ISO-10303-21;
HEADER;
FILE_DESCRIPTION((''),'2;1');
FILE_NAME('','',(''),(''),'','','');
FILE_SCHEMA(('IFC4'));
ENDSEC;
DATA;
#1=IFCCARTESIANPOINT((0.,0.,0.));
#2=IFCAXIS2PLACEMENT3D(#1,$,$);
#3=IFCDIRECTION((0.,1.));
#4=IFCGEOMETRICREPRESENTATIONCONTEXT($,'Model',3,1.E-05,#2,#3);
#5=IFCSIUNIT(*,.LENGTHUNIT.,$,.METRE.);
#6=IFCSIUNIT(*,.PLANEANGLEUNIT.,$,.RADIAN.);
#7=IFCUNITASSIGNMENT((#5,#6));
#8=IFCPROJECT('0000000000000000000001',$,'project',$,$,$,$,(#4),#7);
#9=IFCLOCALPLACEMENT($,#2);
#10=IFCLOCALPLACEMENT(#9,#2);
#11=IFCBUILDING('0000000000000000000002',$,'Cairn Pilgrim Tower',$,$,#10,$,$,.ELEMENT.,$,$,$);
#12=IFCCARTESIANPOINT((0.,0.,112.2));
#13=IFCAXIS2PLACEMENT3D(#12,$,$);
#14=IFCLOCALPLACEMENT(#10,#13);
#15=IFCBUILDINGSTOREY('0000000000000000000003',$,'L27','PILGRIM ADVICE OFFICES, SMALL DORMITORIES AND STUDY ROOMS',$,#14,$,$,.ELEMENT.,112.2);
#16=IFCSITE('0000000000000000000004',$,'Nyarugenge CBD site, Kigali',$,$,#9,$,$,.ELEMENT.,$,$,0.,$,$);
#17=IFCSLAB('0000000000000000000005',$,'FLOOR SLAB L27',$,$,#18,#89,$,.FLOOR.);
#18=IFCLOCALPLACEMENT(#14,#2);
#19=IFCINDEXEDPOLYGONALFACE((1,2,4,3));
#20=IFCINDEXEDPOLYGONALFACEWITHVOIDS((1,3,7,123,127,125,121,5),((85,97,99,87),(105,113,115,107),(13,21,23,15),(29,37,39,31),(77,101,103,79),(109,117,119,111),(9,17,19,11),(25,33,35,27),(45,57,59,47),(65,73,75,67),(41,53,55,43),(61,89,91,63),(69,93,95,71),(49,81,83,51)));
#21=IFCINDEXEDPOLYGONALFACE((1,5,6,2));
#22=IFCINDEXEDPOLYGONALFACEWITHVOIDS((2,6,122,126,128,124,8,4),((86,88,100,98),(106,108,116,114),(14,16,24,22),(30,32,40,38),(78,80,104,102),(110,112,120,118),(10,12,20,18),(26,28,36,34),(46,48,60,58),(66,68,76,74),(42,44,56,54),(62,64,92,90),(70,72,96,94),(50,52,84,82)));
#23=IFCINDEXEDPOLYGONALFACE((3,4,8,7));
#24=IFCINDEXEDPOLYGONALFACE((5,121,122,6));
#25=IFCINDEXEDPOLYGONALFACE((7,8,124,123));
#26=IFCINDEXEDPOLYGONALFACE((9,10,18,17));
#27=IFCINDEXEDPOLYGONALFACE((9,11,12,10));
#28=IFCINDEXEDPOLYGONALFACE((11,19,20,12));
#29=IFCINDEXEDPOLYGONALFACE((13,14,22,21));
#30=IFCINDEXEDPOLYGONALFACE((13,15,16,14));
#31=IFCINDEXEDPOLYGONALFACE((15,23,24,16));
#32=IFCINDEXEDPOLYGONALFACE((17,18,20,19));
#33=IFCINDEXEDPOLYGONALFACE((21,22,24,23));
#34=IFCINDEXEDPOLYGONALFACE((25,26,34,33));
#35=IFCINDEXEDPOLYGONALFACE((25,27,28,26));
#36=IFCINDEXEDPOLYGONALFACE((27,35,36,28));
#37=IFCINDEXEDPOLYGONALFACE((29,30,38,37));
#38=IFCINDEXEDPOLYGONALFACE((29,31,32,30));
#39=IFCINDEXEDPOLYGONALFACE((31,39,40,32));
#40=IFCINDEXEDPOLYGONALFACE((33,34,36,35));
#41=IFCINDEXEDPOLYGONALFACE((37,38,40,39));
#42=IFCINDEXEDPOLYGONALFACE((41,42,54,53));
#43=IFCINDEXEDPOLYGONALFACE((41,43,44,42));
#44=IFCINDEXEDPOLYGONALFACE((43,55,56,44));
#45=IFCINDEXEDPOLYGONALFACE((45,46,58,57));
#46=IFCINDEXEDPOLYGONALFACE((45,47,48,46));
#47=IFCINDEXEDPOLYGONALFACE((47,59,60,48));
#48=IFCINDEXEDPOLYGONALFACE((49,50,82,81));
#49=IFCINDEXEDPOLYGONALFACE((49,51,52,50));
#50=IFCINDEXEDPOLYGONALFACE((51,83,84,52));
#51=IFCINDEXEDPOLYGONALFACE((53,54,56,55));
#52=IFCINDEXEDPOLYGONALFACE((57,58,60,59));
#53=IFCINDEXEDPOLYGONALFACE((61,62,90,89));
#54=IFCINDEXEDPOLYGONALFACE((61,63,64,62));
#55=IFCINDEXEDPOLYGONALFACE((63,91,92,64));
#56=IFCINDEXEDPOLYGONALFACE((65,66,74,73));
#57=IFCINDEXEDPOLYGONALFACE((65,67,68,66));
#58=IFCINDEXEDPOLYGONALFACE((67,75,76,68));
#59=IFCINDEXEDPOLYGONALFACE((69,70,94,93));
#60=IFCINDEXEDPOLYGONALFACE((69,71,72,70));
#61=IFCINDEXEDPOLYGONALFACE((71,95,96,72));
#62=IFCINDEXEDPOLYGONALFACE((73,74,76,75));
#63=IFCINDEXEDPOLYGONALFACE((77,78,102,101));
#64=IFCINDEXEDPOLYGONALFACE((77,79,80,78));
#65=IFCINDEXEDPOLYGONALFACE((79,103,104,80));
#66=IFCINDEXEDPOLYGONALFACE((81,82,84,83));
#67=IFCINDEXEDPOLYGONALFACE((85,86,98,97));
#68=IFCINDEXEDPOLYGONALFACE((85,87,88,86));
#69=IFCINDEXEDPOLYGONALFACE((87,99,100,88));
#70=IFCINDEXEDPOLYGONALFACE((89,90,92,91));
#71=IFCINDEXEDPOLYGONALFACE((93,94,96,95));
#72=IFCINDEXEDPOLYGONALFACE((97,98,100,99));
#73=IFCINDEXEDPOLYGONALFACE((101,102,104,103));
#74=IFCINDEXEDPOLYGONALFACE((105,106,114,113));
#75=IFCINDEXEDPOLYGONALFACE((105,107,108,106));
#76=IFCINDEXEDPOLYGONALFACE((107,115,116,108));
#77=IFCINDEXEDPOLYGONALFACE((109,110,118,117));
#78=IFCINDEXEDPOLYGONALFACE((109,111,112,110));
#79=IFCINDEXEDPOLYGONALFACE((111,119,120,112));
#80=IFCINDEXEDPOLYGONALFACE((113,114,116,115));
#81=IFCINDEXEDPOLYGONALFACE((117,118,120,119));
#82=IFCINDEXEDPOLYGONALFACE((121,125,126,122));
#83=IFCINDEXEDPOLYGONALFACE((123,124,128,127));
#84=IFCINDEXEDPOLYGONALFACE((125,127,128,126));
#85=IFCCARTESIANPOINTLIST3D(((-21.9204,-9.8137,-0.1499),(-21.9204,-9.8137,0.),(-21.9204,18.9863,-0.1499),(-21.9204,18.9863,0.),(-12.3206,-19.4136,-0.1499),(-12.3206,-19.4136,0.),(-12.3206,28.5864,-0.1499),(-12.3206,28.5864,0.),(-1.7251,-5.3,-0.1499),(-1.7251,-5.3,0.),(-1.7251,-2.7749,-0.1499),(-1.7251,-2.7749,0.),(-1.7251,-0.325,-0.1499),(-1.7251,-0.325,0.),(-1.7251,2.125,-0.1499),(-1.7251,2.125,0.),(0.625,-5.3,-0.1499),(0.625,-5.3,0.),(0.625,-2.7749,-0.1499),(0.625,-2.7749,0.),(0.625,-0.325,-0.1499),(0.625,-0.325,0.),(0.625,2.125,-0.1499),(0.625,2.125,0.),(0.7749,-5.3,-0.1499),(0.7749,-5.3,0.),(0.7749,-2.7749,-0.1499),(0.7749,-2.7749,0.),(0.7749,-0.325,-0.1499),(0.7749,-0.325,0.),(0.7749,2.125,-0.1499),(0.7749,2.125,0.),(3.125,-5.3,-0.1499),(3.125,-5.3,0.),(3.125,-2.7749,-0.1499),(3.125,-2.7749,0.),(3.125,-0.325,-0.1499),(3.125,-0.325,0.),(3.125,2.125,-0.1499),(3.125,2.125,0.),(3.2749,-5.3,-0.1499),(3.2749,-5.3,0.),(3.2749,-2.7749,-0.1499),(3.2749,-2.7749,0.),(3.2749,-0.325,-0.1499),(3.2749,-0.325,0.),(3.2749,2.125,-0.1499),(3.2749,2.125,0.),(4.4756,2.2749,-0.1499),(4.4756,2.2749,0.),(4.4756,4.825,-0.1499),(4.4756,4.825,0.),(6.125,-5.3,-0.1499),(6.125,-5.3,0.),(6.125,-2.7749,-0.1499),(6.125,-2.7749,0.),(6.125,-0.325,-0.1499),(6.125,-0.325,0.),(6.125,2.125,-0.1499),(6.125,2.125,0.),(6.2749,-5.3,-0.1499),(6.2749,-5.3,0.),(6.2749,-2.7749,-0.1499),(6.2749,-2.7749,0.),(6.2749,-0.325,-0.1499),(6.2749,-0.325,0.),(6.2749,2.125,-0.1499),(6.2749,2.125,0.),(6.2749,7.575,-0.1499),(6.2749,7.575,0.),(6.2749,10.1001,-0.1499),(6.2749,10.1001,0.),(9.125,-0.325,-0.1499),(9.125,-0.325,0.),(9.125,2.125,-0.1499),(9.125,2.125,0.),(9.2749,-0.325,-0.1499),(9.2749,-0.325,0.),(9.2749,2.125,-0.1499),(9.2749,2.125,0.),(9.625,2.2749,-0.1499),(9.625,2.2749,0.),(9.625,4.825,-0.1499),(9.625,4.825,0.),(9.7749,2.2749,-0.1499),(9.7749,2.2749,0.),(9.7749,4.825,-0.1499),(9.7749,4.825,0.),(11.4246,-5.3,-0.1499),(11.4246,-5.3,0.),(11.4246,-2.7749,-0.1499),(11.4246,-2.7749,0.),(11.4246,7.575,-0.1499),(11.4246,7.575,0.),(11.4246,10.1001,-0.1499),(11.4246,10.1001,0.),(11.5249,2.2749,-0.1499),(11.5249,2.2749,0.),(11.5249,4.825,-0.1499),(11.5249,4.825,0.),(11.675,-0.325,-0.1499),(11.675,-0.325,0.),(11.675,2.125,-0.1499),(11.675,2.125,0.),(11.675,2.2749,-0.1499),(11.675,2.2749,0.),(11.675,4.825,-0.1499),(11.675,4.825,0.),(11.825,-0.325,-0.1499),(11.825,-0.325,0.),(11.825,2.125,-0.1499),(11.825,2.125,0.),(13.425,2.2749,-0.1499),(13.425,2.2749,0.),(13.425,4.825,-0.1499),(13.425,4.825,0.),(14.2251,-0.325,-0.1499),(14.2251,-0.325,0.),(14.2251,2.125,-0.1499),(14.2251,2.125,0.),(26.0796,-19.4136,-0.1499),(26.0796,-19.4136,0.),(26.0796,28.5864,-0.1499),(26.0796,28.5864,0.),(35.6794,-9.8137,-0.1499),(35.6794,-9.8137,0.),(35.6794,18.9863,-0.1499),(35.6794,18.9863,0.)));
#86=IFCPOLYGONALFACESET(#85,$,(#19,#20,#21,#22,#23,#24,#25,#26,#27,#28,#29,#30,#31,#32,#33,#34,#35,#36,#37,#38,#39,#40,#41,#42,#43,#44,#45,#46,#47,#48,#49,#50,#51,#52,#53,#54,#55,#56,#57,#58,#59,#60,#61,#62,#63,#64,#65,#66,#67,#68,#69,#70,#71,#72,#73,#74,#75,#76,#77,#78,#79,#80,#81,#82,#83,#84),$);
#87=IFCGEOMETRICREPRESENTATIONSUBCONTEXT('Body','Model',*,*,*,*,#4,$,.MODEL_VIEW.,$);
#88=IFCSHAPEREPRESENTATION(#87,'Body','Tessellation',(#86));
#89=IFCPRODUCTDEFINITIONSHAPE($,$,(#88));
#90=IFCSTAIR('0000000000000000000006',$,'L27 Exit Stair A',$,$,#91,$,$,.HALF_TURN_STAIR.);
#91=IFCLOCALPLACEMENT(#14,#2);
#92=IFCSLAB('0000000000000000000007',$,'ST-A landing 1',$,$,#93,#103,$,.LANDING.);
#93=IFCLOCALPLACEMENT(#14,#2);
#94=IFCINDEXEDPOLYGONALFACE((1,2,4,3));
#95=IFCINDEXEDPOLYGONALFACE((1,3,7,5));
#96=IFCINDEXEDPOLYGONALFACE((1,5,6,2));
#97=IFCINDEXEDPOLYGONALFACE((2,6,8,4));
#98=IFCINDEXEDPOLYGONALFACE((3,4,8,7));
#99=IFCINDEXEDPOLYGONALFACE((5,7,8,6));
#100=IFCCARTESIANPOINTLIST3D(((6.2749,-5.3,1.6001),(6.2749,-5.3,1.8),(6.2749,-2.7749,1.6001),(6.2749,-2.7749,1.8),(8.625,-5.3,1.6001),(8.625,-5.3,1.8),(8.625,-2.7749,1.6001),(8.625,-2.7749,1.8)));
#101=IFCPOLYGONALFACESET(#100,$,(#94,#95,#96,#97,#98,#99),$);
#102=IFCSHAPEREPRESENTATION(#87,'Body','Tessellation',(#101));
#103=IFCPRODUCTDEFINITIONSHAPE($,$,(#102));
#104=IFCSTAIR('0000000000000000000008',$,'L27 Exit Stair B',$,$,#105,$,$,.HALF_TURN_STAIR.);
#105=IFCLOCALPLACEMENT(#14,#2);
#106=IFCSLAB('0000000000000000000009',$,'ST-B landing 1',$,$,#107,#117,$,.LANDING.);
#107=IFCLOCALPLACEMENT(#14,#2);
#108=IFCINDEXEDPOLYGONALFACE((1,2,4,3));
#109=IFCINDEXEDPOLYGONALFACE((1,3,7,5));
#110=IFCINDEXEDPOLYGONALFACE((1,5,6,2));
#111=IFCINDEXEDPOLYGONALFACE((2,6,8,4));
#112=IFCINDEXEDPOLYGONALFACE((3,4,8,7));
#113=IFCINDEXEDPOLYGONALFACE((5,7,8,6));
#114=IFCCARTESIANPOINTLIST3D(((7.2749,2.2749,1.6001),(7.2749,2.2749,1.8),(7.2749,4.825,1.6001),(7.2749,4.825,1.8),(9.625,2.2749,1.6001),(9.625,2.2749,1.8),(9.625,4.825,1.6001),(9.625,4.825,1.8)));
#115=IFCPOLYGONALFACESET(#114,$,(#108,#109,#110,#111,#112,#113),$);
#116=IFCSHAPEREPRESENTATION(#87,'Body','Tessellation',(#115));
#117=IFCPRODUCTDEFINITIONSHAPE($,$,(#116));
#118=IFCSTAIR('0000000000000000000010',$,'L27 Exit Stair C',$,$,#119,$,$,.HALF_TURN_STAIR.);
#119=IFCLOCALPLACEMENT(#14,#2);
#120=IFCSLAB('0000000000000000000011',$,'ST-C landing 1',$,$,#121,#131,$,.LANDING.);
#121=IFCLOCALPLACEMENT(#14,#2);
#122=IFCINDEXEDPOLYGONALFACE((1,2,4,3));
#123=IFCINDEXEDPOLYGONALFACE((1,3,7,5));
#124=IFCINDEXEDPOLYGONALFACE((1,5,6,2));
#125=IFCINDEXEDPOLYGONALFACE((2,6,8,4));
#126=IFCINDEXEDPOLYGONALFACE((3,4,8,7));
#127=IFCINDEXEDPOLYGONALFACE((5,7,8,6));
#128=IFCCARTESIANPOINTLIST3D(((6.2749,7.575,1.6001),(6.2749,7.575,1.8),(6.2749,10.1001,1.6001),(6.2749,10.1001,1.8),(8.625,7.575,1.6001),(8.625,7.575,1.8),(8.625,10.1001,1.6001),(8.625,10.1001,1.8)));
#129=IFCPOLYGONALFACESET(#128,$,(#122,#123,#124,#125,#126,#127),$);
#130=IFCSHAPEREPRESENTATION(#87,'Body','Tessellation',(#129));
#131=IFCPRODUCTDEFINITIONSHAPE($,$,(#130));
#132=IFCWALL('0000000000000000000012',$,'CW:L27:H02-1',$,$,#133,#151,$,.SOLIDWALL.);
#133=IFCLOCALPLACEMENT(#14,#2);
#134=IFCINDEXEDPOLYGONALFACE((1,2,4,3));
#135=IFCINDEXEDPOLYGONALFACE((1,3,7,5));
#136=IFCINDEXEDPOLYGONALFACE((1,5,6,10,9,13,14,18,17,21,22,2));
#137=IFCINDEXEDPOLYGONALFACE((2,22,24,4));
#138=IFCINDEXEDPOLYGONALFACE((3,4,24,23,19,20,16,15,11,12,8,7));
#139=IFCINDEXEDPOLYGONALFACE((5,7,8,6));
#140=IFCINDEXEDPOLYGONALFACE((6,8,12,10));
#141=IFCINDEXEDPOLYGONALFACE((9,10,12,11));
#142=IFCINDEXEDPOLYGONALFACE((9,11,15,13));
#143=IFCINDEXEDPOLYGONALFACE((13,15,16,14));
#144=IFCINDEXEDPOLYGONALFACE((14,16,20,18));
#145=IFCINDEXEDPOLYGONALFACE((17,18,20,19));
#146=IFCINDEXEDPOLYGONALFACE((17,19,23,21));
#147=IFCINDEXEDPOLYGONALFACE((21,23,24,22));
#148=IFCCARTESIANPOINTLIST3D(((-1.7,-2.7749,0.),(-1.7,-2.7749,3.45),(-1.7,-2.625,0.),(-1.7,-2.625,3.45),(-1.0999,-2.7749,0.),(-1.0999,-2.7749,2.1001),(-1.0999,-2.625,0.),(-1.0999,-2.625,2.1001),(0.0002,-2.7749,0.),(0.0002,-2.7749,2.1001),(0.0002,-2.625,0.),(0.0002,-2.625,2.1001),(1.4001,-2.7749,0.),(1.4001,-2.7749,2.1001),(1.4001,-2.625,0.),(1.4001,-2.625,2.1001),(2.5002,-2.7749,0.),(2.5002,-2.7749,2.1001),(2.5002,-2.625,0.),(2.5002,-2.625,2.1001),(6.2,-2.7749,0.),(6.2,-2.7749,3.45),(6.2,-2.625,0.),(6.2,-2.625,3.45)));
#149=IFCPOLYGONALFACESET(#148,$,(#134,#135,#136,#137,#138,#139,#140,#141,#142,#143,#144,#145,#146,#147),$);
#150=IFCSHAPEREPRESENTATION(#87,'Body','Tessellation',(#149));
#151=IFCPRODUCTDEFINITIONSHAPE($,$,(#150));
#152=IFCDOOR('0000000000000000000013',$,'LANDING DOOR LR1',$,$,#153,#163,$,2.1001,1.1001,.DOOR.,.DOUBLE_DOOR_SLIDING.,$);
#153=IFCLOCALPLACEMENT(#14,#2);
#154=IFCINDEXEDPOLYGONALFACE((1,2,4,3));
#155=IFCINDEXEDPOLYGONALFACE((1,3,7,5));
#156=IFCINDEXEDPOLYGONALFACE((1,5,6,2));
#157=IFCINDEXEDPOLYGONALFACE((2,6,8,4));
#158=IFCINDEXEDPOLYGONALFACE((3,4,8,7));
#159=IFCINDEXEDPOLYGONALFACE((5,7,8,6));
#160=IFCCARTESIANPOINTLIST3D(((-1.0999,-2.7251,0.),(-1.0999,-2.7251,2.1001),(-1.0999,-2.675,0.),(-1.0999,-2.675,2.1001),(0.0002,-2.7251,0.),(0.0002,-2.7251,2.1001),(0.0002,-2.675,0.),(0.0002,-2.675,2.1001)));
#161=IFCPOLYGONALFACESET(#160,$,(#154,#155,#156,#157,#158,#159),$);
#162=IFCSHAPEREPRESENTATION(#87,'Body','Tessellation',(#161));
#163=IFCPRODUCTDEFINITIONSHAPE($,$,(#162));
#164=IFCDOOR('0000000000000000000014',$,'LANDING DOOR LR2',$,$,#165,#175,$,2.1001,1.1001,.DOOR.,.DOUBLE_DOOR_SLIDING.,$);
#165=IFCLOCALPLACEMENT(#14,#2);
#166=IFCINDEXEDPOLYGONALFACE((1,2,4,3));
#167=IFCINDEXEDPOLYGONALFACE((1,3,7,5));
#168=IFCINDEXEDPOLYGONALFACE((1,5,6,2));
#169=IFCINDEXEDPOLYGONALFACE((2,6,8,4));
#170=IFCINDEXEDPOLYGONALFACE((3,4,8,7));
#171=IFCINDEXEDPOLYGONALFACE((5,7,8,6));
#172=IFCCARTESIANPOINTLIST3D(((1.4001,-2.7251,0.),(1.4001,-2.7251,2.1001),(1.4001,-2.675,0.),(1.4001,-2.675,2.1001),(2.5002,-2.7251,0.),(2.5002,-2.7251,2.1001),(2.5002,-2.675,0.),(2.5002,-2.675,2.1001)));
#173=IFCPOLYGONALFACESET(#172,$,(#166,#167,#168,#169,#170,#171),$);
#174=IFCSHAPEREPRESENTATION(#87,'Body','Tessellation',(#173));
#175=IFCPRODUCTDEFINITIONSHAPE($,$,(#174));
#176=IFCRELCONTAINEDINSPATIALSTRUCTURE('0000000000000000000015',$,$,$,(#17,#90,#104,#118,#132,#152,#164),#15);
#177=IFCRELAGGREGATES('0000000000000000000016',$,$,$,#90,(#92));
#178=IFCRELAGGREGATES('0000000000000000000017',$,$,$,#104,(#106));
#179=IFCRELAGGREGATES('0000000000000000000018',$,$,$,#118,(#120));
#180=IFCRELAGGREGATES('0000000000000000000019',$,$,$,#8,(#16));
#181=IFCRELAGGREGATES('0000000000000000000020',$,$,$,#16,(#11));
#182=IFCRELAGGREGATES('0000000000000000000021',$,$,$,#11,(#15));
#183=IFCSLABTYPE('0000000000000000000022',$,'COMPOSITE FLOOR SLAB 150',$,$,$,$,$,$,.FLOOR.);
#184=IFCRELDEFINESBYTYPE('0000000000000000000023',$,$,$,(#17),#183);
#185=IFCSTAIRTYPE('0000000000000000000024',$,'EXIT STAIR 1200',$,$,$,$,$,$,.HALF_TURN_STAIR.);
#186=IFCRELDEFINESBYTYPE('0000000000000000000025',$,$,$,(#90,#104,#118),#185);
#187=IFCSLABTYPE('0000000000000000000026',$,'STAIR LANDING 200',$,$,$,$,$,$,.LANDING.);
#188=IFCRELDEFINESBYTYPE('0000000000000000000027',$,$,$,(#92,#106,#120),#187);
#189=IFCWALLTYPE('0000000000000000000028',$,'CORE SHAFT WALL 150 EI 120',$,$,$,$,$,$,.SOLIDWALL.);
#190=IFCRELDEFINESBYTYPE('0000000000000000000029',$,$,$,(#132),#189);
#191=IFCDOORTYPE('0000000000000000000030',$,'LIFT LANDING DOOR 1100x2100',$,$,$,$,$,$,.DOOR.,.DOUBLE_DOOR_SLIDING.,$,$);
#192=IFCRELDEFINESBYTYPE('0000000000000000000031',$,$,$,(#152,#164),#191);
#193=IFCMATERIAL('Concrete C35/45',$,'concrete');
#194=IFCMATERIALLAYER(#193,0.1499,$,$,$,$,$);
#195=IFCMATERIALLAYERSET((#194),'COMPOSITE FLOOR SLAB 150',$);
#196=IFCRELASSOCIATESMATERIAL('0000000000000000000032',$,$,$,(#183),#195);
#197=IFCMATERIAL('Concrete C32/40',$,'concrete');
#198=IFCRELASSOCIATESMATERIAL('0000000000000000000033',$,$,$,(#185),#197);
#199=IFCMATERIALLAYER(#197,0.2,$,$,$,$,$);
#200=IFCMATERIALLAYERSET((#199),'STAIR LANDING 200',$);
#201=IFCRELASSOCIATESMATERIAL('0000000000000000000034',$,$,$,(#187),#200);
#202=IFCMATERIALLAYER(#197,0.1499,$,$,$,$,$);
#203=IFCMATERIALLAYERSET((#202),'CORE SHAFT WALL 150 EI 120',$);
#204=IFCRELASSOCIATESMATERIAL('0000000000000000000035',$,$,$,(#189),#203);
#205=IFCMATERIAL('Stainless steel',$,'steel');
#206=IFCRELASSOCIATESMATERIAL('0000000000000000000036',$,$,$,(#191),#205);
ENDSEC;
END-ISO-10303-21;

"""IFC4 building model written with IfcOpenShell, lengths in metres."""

from ifc_helpers import new_model, si_unit, direction, frame, frame_2d, origin, place, context, subcontext, project, spatial, polyline, rectangle, outline, extrude, material, layer, layer_set, type_object, element, fill, aggregate, save


model = new_model("IFC4")

# Units and contexts
model_context = context("Model", 3, precision=1e-05, world=origin(), true_north=direction((0.0, 1.0)))
body_context = subcontext(model_context, "Body", "Model", "MODEL_VIEW")
ifc_project = project(units=[si_unit("LENGTHUNIT", "METRE"), si_unit("PLANEANGLEUNIT", "RADIAN")], contexts=[model_context])

# Site, building, storey
site_placement = place(None, origin())
site = spatial("IfcSite", under=ifc_project, at=site_placement, Name="Nyarugenge CBD site, Kigali", CompositionType="ELEMENT", RefElevation=0.0)
building_placement = place(site_placement, origin())
building = spatial("IfcBuilding", under=site, at=building_placement, Name="Cairn Pilgrim Tower", CompositionType="ELEMENT")
storey_placement = place(building_placement, frame((0.0, 0.0, 112.2)))
storey = spatial("IfcBuildingStorey", under=building, at=storey_placement, Name="L27", Description="PILGRIM ADVICE OFFICES, SMALL DORMITORIES AND STUDY ROOMS", CompositionType="ELEMENT", Elevation=112.2)

# Slab
ifc_material_1 = material(Name="Concrete C35/45", Category="concrete")
ifc_layer_1 = layer(ifc_material_1, 0.1499)
ifc_layer_set_1 = layer_set([ifc_layer_1], Name="COMPOSITE FLOOR SLAB 150")
slab_type_1 = type_object("IfcSlabType", Name="COMPOSITE FLOOR SLAB 150", PredefinedType="FLOOR", material=ifc_layer_set_1)
slab_1_placement = place(storey_placement, frame((0.0, 0.0, -0.1499)))
element("IfcSlab", 1, at=slab_1_placement, inside=storey, type_object=slab_type_1, Name="FLOOR SLAB L27", PredefinedType="FLOOR", context=body_context, shape_type="SweptSolid", body=[
    extrude(outline(polyline([(-12.3206, -19.4136), (26.0796, -19.4136), (35.6794, -9.8137), (35.6794, 18.9863), (26.0796, 28.5864), (-12.3206, 28.5864), (-21.9204, 18.9863), (-21.9204, -9.8137), (-12.3206, -19.4136)]), holes=[polyline([(-1.7251, -5.3), (0.625, -5.3), (0.625, -2.7749), (-1.7251, -2.7749), (-1.7251, -5.3)]), polyline([(0.7749, -5.3), (3.125, -5.3), (3.125, -2.7749), (0.7749, -2.7749), (0.7749, -5.3)]), polyline([(-1.7251, -0.325), (0.625, -0.325), (0.625, 2.125), (-1.7251, 2.125), (-1.7251, -0.325)]), polyline([(0.7749, -0.325), (3.125, -0.325), (3.125, 2.125), (0.7749, 2.125), (0.7749, -0.325)]), polyline([(3.2749, -5.3), (6.125, -5.3), (6.125, -2.7749), (3.2749, -2.7749), (3.2749, -5.3)]), polyline([(3.2749, -0.325), (6.125, -0.325), (6.125, 2.125), (3.2749, 2.125), (3.2749, -0.325)]), polyline([(6.2749, -0.325), (9.125, -0.325), (9.125, 2.125), (6.2749, 2.125), (6.2749, -0.325)]), polyline([(9.2749, -0.325), (11.675, -0.325), (11.675, 2.125), (9.2749, 2.125), (9.2749, -0.325)]), polyline([(11.825, -0.325), (14.2251, -0.325), (14.2251, 2.125), (11.825, 2.125), (11.825, -0.325)]), polyline([(9.7749, 2.2749), (11.5249, 2.2749), (11.5249, 4.825), (9.7749, 4.825), (9.7749, 2.2749)]), polyline([(11.675, 2.2749), (13.425, 2.2749), (13.425, 4.825), (11.675, 4.825), (11.675, 2.2749)]), polyline([(11.4246, -2.7749), (6.2749, -2.7749), (6.2749, -5.3), (11.4246, -5.3), (11.4246, -2.7749)]), polyline([(4.4756, 2.2749), (9.625, 2.2749), (9.625, 4.825), (4.4756, 4.825), (4.4756, 2.2749)]), polyline([(11.4246, 10.1001), (6.2749, 10.1001), (6.2749, 7.575), (11.4246, 7.575), (11.4246, 10.1001)])]), origin(), (0.0, 0.0, 1.0), 0.1499),
])

# Stairs, slabs
ifc_material_2 = material(Name="Concrete C32/40", Category="concrete")
stair_type = type_object("IfcStairType", Name="EXIT STAIR 1200", PredefinedType="HALF_TURN_STAIR", material=ifc_material_2)
stair_1_placement = place(storey_placement, origin())
stair_1 = element("IfcStair", 2, at=stair_1_placement, inside=storey, type_object=stair_type, Name="L27 Exit Stair A", PredefinedType="HALF_TURN_STAIR")
ifc_layer_2 = layer(ifc_material_2, 0.2)
ifc_layer_set_2 = layer_set([ifc_layer_2], Name="STAIR LANDING 200")
slab_type_2 = type_object("IfcSlabType", Name="STAIR LANDING 200", PredefinedType="LANDING", material=ifc_layer_set_2)
slab_2_placement = place(storey_placement, frame((0.0, 0.0, 1.6001)))
slab_2 = element("IfcSlab", 3, at=slab_2_placement, type_object=slab_type_2, Name="ST-A landing 1", PredefinedType="LANDING", context=body_context, shape_type="SweptSolid", body=[
    extrude(outline(polyline([(8.625, -2.7749), (6.2749, -2.7749), (6.2749, -5.3), (8.625, -5.3), (8.625, -2.7749)])), origin(), (0.0, 0.0, 1.0), 0.2),
])
aggregate(stair_1, [slab_2])
stair_2_placement = place(storey_placement, origin())
stair_2 = element("IfcStair", 4, at=stair_2_placement, inside=storey, type_object=stair_type, Name="L27 Exit Stair B", PredefinedType="HALF_TURN_STAIR")
slab_3_placement = place(storey_placement, frame((0.0, 0.0, 1.6001)))
slab_3 = element("IfcSlab", 5, at=slab_3_placement, type_object=slab_type_2, Name="ST-B landing 1", PredefinedType="LANDING", context=body_context, shape_type="SweptSolid", body=[
    extrude(outline(polyline([(7.2749, 2.2749), (9.625, 2.2749), (9.625, 4.825), (7.2749, 4.825), (7.2749, 2.2749)])), origin(), (0.0, 0.0, 1.0), 0.2),
])
aggregate(stair_2, [slab_3])
stair_3_placement = place(storey_placement, origin())
stair_3 = element("IfcStair", 6, at=stair_3_placement, inside=storey, type_object=stair_type, Name="L27 Exit Stair C", PredefinedType="HALF_TURN_STAIR")
slab_4_placement = place(storey_placement, frame((0.0, 0.0, 1.6001)))
slab_4 = element("IfcSlab", 7, at=slab_4_placement, type_object=slab_type_2, Name="ST-C landing 1", PredefinedType="LANDING", context=body_context, shape_type="SweptSolid", body=[
    extrude(outline(polyline([(8.625, 10.1001), (6.2749, 10.1001), (6.2749, 7.575), (8.625, 7.575), (8.625, 10.1001)])), origin(), (0.0, 0.0, 1.0), 0.2),
])
aggregate(stair_3, [slab_4])

# Wall, openings, doors
ifc_layer_3 = layer(ifc_material_2, 0.1499)
ifc_layer_set_3 = layer_set([ifc_layer_3], Name="CORE SHAFT WALL 150 EI 120")
wall_type_1 = type_object("IfcWallType", Name="CORE SHAFT WALL 150 EI 120", PredefinedType="SOLIDWALL", material=ifc_layer_set_3)
wall_1_placement = place(storey_placement, frame((-1.7, -2.7, 0.0), z_axis=(0.0, 0.0, 1.0), x_axis=(1.0, 0.0, 0.0)))
wall_1 = element("IfcWall", 8, at=wall_1_placement, inside=storey, type_object=wall_type_1, Name="CW:L27:H02-1", PredefinedType="SOLIDWALL", context=body_context, shape_type="SweptSolid", body=[
    extrude(rectangle(XDim=7.8999, YDim=0.1499, at=frame_2d((3.95, 0.0))), origin(), (0.0, 0.0, 1.0), 3.45),
])
opening_1_placement = place(wall_1_placement, frame((0.6001, 0.0, 0.0)))
opening_1 = element("IfcOpeningElement", 9, at=opening_1_placement, cuts=wall_1, PredefinedType="OPENING", context=body_context, shape_type="SweptSolid", body=[
    extrude(rectangle(XDim=1.1001, YDim=2.1001, at=frame_2d((0.55, 1.05))), frame((0.0, 0.085, 0.0), z_axis=(0.0, -1.0, 0.0), x_axis=(1.0, 0.0, 0.0)), (0.0, 0.0, 1.0), 0.1699),
])
opening_2_placement = place(wall_1_placement, frame((3.1001, 0.0, 0.0)))
opening_2 = element("IfcOpeningElement", 10, at=opening_2_placement, cuts=wall_1, PredefinedType="OPENING", context=body_context, shape_type="SweptSolid", body=[
    extrude(rectangle(XDim=1.1001, YDim=2.1001, at=frame_2d((0.55, 1.05))), frame((0.0, 0.085, 0.0), z_axis=(0.0, -1.0, 0.0), x_axis=(1.0, 0.0, 0.0)), (0.0, 0.0, 1.0), 0.1699),
])
ifc_material_3 = material(Name="Stainless steel", Category="steel")
door_type_1 = type_object("IfcDoorType", Name="LIFT LANDING DOOR 1100x2100", OperationType="DOUBLE_DOOR_SLIDING", PredefinedType="DOOR", material=ifc_material_3)
door_1_placement = place(opening_1_placement, origin())
door_1 = element("IfcDoor", 11, at=door_1_placement, inside=storey, type_object=door_type_1, Name="LANDING DOOR LR1", OperationType="DOUBLE_DOOR_SLIDING", OverallHeight=2.1001, OverallWidth=1.1001, PredefinedType="DOOR", context=body_context, shape_type="SweptSolid", body=[
    extrude(rectangle(XDim=1.1001, YDim=2.1001, at=frame_2d((0.55, 1.05))), frame((0.0, 0.0249, 0.0), z_axis=(0.0, -1.0, 0.0), x_axis=(1.0, 0.0, 0.0)), (0.0, 0.0, 1.0), 0.05),
])
fill(opening_1, door_1)
door_2_placement = place(opening_2_placement, origin())
door_2 = element("IfcDoor", 12, at=door_2_placement, inside=storey, type_object=door_type_1, Name="LANDING DOOR LR2", OperationType="DOUBLE_DOOR_SLIDING", OverallHeight=2.1001, OverallWidth=1.1001, PredefinedType="DOOR", context=body_context, shape_type="SweptSolid", body=[
    extrude(rectangle(XDim=1.1001, YDim=2.1001, at=frame_2d((0.55, 1.05))), frame((0.0, 0.0249, 0.0), z_axis=(0.0, -1.0, 0.0), x_axis=(1.0, 0.0, 0.0)), (0.0, 0.0, 1.0), 0.05),
])
fill(opening_2, door_2)

save(model, "model.ifc")
